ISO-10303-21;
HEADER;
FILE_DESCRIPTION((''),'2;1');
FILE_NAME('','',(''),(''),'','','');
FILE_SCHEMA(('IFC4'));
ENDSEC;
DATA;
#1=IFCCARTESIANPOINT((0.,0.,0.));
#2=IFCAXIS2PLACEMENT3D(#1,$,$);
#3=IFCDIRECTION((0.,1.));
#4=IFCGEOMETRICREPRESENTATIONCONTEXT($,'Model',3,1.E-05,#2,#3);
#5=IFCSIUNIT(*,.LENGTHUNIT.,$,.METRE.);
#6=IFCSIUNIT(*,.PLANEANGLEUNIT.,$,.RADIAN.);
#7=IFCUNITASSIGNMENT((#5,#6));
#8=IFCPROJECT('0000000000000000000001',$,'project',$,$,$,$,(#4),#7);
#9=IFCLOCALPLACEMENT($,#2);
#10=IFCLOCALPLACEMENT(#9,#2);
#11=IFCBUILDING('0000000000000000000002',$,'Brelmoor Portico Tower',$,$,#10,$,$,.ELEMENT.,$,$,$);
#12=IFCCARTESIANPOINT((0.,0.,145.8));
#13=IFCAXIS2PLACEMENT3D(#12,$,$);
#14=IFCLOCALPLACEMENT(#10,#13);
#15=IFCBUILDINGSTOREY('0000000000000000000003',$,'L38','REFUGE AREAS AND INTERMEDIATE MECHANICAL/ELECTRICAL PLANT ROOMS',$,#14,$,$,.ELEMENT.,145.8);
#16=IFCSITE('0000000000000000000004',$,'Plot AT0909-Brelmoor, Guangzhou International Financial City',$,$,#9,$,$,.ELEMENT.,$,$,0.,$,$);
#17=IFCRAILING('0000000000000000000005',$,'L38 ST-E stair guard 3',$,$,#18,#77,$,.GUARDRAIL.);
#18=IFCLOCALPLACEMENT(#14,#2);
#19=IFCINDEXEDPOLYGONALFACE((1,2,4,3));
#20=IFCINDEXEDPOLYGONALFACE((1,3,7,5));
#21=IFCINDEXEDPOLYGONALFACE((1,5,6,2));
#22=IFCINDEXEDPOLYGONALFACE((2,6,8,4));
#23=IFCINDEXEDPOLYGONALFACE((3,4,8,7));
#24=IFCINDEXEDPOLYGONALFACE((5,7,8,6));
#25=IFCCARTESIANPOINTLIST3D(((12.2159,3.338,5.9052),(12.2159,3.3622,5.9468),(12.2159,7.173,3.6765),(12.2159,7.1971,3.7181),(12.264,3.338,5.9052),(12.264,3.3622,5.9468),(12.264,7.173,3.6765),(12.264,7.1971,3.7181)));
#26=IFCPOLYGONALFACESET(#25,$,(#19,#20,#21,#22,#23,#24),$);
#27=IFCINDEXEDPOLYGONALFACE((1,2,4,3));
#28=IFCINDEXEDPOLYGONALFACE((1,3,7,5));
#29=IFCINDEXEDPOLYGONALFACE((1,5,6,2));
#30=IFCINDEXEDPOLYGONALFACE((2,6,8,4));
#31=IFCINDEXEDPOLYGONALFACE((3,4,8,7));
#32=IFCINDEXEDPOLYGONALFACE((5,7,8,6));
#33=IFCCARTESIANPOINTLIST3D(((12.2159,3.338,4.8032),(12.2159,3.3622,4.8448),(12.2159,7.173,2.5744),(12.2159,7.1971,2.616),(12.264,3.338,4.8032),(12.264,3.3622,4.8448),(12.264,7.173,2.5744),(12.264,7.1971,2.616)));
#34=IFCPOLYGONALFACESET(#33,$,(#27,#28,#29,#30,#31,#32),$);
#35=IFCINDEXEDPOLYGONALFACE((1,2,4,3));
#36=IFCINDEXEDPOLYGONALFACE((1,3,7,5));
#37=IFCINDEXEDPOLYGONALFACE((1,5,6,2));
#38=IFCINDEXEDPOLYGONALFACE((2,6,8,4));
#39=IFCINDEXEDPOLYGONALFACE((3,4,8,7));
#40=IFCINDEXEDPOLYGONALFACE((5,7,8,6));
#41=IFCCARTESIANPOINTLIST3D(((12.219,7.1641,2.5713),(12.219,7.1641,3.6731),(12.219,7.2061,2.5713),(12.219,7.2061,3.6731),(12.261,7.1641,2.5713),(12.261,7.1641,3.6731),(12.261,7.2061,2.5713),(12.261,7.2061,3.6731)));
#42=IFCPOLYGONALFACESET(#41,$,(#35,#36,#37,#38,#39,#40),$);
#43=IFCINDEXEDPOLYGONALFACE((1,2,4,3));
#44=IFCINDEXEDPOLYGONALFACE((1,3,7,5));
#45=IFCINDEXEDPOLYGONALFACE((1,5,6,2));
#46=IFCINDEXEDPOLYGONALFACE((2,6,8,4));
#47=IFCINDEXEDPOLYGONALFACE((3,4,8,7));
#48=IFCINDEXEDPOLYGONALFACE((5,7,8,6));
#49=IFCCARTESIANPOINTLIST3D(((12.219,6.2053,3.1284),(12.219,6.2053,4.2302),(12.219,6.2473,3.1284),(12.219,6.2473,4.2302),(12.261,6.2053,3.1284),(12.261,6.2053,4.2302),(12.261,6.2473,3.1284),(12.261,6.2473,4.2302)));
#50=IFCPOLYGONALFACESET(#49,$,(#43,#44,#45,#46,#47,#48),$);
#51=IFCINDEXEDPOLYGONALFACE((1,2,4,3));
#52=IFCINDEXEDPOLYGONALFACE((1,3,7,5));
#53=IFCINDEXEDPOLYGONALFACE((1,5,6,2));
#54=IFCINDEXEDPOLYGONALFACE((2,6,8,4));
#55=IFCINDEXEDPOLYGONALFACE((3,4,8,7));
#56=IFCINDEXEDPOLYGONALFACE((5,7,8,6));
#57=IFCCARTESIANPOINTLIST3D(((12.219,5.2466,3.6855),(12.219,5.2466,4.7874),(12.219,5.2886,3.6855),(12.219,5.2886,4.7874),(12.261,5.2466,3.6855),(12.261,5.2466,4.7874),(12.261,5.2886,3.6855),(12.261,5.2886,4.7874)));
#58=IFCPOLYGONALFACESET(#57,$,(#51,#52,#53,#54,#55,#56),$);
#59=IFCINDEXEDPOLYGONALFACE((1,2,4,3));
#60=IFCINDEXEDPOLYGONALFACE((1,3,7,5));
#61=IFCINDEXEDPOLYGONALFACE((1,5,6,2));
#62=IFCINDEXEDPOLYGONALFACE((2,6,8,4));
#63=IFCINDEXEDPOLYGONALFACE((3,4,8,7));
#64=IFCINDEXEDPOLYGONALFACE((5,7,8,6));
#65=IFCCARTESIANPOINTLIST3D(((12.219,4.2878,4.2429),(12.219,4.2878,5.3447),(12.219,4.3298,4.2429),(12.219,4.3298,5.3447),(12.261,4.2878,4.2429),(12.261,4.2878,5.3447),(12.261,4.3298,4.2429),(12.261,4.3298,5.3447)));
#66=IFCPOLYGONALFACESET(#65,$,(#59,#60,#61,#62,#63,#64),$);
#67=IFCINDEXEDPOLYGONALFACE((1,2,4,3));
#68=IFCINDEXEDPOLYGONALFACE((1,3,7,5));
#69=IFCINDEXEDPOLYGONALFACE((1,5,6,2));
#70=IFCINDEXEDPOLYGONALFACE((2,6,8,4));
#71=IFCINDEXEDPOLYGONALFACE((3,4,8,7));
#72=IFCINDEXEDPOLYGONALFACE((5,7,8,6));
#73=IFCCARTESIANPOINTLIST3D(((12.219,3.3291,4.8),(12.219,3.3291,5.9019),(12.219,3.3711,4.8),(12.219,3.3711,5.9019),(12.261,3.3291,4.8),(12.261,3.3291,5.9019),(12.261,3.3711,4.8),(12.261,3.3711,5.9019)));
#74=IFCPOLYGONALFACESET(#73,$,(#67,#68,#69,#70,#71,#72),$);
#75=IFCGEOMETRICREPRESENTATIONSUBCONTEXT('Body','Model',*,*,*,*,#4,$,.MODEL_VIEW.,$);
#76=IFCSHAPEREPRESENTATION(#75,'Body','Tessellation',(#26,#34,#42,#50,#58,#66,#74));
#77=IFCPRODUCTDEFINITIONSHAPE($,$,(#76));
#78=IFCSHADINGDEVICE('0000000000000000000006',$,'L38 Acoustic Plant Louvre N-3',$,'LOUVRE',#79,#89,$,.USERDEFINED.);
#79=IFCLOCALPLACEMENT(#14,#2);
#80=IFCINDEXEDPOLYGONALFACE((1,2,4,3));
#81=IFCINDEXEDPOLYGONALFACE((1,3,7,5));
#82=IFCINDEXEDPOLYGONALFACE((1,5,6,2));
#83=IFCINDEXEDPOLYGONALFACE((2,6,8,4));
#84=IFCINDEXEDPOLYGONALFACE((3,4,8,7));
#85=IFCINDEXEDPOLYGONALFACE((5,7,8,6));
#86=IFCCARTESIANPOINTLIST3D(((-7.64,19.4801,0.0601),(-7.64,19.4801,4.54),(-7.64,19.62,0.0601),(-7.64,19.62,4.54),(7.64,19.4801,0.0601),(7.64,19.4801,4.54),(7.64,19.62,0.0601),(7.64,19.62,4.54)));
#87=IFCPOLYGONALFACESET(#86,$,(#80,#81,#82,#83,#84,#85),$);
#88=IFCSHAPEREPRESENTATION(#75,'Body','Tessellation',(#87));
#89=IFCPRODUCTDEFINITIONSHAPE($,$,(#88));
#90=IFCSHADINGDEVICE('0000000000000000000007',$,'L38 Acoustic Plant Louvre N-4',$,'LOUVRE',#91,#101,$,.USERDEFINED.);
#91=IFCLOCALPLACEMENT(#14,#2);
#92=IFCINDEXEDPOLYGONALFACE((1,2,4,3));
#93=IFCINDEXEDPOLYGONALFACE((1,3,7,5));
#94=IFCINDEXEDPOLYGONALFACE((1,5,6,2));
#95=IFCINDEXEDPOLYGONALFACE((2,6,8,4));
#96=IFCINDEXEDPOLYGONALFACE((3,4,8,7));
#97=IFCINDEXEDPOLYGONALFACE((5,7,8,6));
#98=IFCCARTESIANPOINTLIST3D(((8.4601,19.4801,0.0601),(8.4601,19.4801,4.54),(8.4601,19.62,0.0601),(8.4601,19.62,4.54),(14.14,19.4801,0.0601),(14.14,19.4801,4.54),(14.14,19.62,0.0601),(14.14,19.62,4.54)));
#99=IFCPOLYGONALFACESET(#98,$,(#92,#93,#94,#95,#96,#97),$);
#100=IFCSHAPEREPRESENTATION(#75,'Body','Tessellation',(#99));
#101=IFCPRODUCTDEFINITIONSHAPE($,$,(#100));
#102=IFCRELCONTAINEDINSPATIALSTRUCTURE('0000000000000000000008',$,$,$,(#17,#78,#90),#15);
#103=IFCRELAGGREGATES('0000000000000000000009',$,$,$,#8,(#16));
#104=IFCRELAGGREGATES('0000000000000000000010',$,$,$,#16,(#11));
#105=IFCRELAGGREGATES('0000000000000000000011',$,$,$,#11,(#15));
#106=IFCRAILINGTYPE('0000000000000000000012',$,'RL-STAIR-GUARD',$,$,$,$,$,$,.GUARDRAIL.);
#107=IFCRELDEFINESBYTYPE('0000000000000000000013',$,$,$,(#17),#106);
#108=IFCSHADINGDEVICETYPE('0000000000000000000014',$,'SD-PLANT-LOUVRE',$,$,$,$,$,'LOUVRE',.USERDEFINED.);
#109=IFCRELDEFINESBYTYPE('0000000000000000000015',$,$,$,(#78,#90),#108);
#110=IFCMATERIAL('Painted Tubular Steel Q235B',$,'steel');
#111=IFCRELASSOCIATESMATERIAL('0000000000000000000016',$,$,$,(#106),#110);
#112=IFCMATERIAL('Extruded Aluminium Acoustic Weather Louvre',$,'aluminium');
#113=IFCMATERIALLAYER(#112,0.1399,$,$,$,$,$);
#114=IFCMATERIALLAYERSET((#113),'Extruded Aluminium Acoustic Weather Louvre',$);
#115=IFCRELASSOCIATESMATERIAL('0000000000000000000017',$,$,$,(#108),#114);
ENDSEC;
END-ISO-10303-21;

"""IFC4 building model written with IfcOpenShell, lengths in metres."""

from ifc_helpers import new_model, si_unit, direction, frame, origin, origin_2d, place, context, subcontext, project, spatial, rectangle, extrude, material, layer, layer_set, type_object, element, save


model = new_model("IFC4")

# Units and contexts
model_context = context("Model", 3, precision=1e-05, world=origin(), true_north=direction((0.0, 1.0)))
body_context = subcontext(model_context, "Body", "Model", "MODEL_VIEW")
ifc_project = project(units=[si_unit("LENGTHUNIT", "METRE"), si_unit("PLANEANGLEUNIT", "RADIAN")], contexts=[model_context])

# Site, building, storey
site_placement = place(None, origin())
site = spatial("IfcSite", under=ifc_project, at=site_placement, Name="Plot AT0909-Brelmoor, Guangzhou International Financial City", CompositionType="ELEMENT", RefElevation=0.0)
building_placement = place(site_placement, origin())
building = spatial("IfcBuilding", under=site, at=building_placement, Name="Brelmoor Portico Tower", CompositionType="ELEMENT")
storey_placement = place(building_placement, frame((0.0, 0.0, 145.8)))
storey = spatial("IfcBuildingStorey", under=building, at=storey_placement, Name="L38", Description="REFUGE AREAS AND INTERMEDIATE MECHANICAL/ELECTRICAL PLANT ROOMS", CompositionType="ELEMENT", Elevation=145.8)

# Railing
ifc_material_1 = material(Name="Painted Tubular Steel Q235B", Category="steel")
railing_type = type_object("IfcRailingType", Name="RL-STAIR-GUARD", PredefinedType="GUARDRAIL", material=ifc_material_1)
railing_1_placement = place(storey_placement, frame((12.24, 7.1851, 2.5713)))
element("IfcRailing", 1, at=railing_1_placement, inside=storey, type_object=railing_type, Name="L38 ST-E stair guard 3", PredefinedType="GUARDRAIL", context=body_context, shape_type="SweptSolid", body=[
    extrude(rectangle(XDim=0.0481, YDim=0.0481, at=origin_2d()), frame((0.0, 0.0, 1.126), z_axis=(0.0, -0.864592, 0.502474), x_axis=(1.0, 0.0, 0.0)), (0.0, 0.0, 1.0), 4.4355),
    extrude(rectangle(XDim=0.0481, YDim=0.0481, at=origin_2d()), frame((0.0, 0.0, 0.0239), z_axis=(0.0, -0.864592, 0.502474), x_axis=(1.0, 0.0, 0.0)), (0.0, 0.0, 1.0), 4.4355),
    extrude(rectangle(XDim=0.042, YDim=0.042, at=origin_2d()), origin(), (0.0, 0.0, 1.0), 1.1018),
    extrude(rectangle(XDim=0.042, YDim=0.042, at=origin_2d()), frame((0.0, -0.9587, 0.5571)), (0.0, 0.0, 1.0), 1.1018),
    extrude(rectangle(XDim=0.042, YDim=0.042, at=origin_2d()), frame((0.0, -1.9175, 1.1143)), (0.0, 0.0, 1.0), 1.1018),
    extrude(rectangle(XDim=0.042, YDim=0.042, at=origin_2d()), frame((0.0, -2.8762, 1.6716)), (0.0, 0.0, 1.0), 1.1018),
    extrude(rectangle(XDim=0.042, YDim=0.042, at=origin_2d()), frame((0.0, -3.835, 2.2288)), (0.0, 0.0, 1.0), 1.1018),
])

# Shading devices
ifc_material_2 = material(Name="Extruded Aluminium Acoustic Weather Louvre", Category="aluminium")
ifc_layer_1 = layer(ifc_material_2, 0.1399)
ifc_layer_set_1 = layer_set([ifc_layer_1], Name="Extruded Aluminium Acoustic Weather Louvre")
shading_device_type = type_object("IfcShadingDeviceType", Name="SD-PLANT-LOUVRE", ElementType="LOUVRE", PredefinedType="USERDEFINED", material=ifc_layer_set_1)
shading_device_1_placement = place(storey_placement, frame((0.0, 19.55, 0.0601), z_axis=(0.0, 0.0, 1.0), x_axis=(1.0, 0.0, 0.0)))
element("IfcShadingDevice", 2, at=shading_device_1_placement, inside=storey, type_object=shading_device_type, Name="L38 Acoustic Plant Louvre N-3", ObjectType="LOUVRE", PredefinedType="USERDEFINED", context=body_context, shape_type="SweptSolid", body=[
    extrude(rectangle(XDim=15.28, YDim=0.1399, at=origin_2d()), origin(), (0.0, 0.0, 1.0), 4.48),
])
shading_device_2_placement = place(storey_placement, frame((11.3, 19.55, 0.0601), z_axis=(0.0, 0.0, 1.0), x_axis=(1.0, 0.0, 0.0)))
element("IfcShadingDevice", 3, at=shading_device_2_placement, inside=storey, type_object=shading_device_type, Name="L38 Acoustic Plant Louvre N-4", ObjectType="LOUVRE", PredefinedType="USERDEFINED", context=body_context, shape_type="SweptSolid", body=[
    extrude(rectangle(XDim=5.6799, YDim=0.1399, at=origin_2d()), origin(), (0.0, 0.0, 1.0), 4.48),
])

save(model, "model.ifc")
